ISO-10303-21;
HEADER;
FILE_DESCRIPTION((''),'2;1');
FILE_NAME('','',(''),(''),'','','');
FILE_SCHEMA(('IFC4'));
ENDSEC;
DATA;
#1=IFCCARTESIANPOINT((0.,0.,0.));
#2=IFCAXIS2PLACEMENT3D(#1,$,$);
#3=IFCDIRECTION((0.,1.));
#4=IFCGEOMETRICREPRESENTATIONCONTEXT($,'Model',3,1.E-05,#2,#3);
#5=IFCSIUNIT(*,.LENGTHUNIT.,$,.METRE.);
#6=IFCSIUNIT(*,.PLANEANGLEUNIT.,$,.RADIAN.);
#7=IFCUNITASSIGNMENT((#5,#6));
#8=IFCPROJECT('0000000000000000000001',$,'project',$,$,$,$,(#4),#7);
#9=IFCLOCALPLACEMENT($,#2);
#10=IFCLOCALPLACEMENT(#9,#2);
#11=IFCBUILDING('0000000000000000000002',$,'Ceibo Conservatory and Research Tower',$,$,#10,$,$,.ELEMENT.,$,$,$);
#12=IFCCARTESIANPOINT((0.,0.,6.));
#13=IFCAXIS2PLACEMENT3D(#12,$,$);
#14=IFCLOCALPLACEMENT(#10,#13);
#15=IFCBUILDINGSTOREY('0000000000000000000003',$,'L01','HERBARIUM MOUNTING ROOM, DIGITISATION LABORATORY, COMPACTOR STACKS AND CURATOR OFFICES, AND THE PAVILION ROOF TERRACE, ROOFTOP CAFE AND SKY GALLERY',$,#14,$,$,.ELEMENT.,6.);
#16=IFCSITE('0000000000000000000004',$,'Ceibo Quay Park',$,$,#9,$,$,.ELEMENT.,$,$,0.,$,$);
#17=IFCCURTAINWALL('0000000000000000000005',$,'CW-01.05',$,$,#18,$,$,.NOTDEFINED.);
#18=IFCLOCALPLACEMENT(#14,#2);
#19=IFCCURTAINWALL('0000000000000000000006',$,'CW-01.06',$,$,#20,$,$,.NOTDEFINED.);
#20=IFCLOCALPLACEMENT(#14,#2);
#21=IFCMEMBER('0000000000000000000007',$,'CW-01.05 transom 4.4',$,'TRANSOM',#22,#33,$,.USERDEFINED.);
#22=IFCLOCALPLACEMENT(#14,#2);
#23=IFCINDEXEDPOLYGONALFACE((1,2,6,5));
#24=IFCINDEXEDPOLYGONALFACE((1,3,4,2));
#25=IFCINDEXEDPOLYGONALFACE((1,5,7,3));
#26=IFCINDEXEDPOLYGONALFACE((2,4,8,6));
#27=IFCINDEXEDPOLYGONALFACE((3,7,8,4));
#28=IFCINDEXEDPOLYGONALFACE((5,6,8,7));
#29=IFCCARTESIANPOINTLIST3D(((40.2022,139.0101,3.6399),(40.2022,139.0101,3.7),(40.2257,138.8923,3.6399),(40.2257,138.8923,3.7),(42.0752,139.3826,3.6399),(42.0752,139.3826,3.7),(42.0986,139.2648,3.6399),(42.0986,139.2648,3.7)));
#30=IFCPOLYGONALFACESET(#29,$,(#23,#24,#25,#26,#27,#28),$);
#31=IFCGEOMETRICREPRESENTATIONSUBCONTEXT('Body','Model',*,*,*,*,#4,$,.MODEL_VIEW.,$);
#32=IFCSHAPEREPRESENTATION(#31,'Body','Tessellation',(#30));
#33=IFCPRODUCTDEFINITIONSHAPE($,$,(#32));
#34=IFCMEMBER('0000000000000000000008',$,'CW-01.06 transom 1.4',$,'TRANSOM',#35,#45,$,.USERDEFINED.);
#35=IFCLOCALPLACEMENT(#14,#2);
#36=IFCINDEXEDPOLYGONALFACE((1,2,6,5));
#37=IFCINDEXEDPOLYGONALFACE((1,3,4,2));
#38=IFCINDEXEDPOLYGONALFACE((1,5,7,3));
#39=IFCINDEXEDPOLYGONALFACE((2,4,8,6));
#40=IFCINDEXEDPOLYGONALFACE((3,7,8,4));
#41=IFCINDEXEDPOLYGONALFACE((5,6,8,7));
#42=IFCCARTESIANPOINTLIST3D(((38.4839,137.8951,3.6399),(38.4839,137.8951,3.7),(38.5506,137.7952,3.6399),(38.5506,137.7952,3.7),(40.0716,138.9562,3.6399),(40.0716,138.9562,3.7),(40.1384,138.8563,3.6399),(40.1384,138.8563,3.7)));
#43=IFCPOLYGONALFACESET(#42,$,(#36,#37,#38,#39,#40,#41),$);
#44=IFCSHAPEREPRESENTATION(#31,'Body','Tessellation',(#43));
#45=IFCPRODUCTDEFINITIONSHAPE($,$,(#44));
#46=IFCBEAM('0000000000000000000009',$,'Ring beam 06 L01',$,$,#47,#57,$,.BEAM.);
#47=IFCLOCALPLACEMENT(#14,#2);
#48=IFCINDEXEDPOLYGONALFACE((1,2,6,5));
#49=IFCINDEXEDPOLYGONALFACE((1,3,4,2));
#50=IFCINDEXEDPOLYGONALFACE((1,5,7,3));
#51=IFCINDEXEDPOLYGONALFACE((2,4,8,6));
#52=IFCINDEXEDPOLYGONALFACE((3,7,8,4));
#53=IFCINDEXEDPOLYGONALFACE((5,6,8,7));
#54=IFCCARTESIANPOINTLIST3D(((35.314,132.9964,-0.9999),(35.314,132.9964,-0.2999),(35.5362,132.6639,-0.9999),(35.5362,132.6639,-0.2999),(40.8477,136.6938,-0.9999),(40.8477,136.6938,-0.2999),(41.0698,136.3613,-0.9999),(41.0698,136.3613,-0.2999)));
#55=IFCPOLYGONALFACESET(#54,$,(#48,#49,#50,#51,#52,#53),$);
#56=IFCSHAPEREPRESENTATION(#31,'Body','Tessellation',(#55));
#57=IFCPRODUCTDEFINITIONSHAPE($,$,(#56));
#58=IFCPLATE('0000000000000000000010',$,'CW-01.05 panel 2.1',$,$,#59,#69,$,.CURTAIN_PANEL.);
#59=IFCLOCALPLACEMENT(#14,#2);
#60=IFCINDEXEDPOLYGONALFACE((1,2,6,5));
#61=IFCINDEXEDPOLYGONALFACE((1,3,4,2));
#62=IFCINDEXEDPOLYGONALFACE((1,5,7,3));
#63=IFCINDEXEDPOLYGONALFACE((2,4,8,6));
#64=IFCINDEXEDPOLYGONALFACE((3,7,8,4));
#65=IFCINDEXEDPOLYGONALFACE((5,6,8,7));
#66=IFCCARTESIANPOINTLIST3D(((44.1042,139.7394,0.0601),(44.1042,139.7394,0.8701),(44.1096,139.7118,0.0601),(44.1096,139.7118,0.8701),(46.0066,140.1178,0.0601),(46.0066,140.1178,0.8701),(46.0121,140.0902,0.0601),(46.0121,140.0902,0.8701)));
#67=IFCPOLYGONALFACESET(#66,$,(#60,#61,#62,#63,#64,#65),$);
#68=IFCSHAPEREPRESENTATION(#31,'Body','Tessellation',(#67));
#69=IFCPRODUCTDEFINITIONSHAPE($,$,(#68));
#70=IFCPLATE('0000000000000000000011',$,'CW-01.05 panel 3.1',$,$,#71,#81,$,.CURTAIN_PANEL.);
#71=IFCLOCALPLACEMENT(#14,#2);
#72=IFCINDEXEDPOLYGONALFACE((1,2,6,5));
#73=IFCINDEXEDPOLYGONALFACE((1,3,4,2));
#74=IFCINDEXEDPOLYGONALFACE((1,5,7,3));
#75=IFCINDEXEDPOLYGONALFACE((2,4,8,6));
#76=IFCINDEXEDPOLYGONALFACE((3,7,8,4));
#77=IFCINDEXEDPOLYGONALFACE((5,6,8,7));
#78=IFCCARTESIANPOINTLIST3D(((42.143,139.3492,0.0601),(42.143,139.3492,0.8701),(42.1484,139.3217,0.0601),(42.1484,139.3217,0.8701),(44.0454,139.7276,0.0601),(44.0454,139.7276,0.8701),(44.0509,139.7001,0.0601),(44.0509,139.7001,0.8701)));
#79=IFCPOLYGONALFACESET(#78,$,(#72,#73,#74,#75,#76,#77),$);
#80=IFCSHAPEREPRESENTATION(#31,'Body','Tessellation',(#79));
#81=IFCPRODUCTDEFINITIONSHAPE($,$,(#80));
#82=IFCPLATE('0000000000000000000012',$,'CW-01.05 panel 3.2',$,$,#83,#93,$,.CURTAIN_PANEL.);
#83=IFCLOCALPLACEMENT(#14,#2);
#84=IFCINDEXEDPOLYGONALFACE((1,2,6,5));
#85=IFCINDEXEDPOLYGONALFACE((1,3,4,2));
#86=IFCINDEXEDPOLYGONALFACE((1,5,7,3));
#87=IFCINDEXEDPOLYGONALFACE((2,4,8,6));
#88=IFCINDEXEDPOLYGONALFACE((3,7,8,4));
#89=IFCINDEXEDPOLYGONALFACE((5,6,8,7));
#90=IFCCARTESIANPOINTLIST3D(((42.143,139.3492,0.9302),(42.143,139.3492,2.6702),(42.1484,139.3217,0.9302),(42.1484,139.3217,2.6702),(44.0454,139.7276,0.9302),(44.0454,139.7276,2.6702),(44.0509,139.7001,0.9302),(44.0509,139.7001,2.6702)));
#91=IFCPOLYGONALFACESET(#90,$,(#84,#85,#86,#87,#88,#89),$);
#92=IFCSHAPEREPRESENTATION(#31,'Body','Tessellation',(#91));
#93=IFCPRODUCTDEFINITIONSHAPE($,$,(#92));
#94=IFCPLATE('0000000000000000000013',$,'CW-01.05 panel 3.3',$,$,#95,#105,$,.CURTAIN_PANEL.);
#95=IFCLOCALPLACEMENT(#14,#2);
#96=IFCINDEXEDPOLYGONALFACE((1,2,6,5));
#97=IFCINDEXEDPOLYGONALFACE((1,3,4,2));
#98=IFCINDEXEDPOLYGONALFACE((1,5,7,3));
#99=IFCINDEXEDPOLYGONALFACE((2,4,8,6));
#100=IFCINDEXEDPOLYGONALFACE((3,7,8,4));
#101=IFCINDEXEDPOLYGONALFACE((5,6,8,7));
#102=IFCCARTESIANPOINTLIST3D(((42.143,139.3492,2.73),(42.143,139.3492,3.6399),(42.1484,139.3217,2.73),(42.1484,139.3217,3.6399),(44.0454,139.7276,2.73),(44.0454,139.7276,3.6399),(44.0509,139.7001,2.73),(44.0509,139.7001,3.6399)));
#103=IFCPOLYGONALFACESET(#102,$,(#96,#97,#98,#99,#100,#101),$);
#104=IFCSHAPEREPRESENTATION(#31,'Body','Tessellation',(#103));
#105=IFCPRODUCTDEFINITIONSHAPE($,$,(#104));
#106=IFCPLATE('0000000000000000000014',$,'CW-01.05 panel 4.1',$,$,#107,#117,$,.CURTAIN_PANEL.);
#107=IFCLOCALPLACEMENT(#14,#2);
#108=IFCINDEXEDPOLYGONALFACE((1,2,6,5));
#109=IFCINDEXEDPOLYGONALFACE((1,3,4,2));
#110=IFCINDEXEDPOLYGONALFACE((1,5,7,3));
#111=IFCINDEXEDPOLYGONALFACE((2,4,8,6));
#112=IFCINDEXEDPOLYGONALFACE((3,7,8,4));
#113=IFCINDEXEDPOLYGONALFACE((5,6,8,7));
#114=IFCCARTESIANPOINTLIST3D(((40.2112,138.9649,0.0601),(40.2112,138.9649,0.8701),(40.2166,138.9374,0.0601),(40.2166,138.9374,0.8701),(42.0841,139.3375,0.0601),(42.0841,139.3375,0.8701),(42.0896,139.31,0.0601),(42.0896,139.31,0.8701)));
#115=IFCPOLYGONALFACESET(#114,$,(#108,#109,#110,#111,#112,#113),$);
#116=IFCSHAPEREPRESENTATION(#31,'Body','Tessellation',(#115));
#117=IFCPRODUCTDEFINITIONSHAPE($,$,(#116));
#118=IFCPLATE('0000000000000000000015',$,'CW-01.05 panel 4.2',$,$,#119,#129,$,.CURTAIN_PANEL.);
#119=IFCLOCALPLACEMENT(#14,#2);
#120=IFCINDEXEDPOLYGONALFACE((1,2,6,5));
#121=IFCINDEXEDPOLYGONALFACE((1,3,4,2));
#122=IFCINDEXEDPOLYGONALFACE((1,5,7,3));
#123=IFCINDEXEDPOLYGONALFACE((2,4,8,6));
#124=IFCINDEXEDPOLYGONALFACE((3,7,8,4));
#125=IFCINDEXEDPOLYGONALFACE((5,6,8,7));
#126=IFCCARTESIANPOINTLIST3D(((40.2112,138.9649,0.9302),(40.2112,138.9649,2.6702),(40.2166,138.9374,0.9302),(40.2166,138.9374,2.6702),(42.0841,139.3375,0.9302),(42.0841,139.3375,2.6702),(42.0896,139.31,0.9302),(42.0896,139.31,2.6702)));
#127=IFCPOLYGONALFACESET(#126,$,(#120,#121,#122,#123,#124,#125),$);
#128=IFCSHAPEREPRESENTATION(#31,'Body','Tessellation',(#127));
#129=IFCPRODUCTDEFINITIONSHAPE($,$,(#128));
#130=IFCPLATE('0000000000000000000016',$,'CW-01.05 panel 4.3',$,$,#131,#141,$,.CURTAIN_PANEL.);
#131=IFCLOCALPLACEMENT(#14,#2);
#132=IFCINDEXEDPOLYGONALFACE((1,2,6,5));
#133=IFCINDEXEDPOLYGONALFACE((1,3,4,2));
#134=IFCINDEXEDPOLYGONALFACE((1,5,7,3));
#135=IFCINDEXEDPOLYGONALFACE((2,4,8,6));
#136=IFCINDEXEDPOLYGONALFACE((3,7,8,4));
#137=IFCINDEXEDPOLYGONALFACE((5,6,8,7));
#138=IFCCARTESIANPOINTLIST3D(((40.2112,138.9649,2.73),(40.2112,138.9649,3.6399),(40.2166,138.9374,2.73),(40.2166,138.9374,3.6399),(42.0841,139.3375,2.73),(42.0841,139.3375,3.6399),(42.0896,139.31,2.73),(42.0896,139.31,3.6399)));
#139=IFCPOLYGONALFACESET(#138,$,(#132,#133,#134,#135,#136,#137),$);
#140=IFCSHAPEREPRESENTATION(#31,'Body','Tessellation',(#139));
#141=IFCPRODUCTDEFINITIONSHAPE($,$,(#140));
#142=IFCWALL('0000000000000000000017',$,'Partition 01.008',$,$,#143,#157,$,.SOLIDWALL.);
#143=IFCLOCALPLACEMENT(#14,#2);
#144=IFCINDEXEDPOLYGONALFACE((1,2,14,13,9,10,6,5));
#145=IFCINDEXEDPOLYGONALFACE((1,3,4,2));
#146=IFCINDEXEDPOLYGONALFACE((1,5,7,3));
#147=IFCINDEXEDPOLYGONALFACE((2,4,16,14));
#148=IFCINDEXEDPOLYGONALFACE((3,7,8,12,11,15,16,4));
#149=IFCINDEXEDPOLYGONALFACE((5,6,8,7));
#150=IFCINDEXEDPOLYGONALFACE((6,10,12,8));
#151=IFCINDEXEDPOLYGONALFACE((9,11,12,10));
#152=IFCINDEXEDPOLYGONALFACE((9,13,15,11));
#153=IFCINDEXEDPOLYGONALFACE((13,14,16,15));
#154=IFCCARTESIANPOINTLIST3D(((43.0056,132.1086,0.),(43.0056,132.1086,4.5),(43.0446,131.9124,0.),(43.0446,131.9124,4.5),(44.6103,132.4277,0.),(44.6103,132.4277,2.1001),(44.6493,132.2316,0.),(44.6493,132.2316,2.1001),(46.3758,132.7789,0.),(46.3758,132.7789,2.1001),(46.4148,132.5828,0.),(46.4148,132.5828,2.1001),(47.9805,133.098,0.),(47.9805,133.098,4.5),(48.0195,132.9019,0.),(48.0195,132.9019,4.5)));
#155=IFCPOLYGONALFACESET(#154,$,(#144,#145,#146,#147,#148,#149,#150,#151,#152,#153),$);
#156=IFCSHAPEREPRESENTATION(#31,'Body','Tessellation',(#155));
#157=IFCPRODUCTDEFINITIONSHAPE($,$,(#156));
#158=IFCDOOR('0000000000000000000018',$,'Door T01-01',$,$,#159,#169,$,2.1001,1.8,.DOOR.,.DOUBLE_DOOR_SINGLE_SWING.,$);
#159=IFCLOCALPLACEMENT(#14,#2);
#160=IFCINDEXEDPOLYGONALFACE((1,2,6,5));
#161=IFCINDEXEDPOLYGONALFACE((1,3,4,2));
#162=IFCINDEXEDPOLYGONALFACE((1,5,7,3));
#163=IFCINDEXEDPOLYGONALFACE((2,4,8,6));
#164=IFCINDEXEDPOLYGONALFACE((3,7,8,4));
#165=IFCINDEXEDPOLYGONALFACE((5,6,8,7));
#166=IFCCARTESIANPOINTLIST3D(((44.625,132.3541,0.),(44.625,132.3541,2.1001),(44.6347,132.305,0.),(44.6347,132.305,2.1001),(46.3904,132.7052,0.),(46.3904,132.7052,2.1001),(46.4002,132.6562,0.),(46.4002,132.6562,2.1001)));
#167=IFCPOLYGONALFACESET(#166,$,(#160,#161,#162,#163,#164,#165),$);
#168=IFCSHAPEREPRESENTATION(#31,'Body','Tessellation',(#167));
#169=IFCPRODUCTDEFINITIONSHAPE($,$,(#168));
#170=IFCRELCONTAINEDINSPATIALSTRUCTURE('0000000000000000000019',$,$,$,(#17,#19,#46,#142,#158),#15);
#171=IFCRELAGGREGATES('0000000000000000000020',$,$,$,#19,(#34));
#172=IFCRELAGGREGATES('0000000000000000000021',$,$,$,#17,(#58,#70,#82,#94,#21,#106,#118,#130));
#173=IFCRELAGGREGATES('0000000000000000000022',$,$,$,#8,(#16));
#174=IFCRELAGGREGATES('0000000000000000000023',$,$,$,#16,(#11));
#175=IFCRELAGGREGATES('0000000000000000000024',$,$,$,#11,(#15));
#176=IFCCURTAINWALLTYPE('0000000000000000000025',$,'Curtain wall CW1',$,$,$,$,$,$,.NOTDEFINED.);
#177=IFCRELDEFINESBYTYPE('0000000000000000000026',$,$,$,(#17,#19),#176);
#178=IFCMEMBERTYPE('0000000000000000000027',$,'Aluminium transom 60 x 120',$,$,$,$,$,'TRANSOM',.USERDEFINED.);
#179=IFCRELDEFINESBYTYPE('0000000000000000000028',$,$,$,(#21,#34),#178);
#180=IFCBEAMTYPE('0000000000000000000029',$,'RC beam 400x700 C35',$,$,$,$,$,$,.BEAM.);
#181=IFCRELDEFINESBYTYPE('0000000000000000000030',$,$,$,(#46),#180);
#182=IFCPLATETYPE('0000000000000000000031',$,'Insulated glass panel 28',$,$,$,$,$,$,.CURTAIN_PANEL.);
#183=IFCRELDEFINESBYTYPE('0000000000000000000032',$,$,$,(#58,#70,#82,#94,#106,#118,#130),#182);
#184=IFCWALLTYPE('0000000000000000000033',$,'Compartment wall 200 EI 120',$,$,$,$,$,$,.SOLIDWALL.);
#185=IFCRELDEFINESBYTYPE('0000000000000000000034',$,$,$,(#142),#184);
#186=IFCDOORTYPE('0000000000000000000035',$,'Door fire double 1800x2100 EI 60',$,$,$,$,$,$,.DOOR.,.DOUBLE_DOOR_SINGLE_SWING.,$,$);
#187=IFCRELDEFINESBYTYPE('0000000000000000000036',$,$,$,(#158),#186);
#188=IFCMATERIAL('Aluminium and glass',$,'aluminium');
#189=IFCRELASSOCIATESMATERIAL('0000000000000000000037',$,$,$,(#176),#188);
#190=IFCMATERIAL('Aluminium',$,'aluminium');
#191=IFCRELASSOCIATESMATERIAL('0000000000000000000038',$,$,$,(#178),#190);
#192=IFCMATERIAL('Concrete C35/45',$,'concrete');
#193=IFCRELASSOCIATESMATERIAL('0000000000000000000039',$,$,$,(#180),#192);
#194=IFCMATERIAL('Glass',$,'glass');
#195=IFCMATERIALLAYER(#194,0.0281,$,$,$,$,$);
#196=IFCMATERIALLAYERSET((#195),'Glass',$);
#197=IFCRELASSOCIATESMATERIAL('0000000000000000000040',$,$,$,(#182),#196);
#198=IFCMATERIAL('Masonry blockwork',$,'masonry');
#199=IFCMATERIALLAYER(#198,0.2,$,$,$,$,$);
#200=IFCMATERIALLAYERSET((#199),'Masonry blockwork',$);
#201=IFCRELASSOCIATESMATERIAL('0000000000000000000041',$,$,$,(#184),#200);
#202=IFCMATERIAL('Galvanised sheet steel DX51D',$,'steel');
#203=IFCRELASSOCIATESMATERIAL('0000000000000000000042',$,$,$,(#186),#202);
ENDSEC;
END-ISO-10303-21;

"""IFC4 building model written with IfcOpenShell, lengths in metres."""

from ifc_helpers import new_model, si_unit, direction, frame, frame_2d, origin, origin_2d, place, context, subcontext, project, spatial, rectangle, extrude, material, layer, layer_set, material_profile, profile_set, type_object, element, fill, aggregate, save


model = new_model("IFC4")

# Units and contexts
model_context = context("Model", 3, precision=1e-05, world=origin(), true_north=direction((0.0, 1.0)))
body_context = subcontext(model_context, "Body", "Model", "MODEL_VIEW")
ifc_project = project(units=[si_unit("LENGTHUNIT", "METRE"), si_unit("PLANEANGLEUNIT", "RADIAN")], contexts=[model_context])

# Site, building, storey
site_placement = place(None, origin())
site = spatial("IfcSite", under=ifc_project, at=site_placement, Name="Ceibo Quay Park", CompositionType="ELEMENT", RefElevation=0.0)
building_placement = place(site_placement, origin())
building = spatial("IfcBuilding", under=site, at=building_placement, Name="Ceibo Conservatory and Research Tower", CompositionType="ELEMENT")
storey_placement = place(building_placement, frame((0.0, 0.0, 6.0)))
storey = spatial("IfcBuildingStorey", under=building, at=storey_placement, Name="L01", Description="HERBARIUM MOUNTING ROOM, DIGITISATION LABORATORY, COMPACTOR STACKS AND CURATOR OFFICES, AND THE PAVILION ROOF TERRACE, ROOFTOP CAFE AND SKY GALLERY", CompositionType="ELEMENT", Elevation=6.0)

# Curtain wall
ifc_material_1 = material(Name="Aluminium and glass", Category="aluminium")
curtain_wall_type = type_object("IfcCurtainWallType", Name="Curtain wall CW1", PredefinedType="NOTDEFINED", material=ifc_material_1)
curtain_wall_1_placement = place(storey_placement, origin())
curtain_wall_1 = element("IfcCurtainWall", 1, at=curtain_wall_1_placement, inside=storey, type_object=curtain_wall_type, Name="CW-01.05", PredefinedType="NOTDEFINED")
ifc_material_2 = material(Name="Aluminium", Category="aluminium")

# Curtain wall
curtain_wall_2_placement = place(storey_placement, origin())
curtain_wall_2 = element("IfcCurtainWall", 2, at=curtain_wall_2_placement, inside=storey, type_object=curtain_wall_type, Name="CW-01.06", PredefinedType="NOTDEFINED")

# Members
ifc_material_profile_1 = material_profile(ifc_material_2, rectangle(XDim=0.1201, YDim=0.0601, at=origin_2d()), Name="Aluminium 60 x 120")
ifc_profile_set_1 = profile_set([ifc_material_profile_1], Name="Aluminium")
member_type_1 = type_object("IfcMemberType", Name="Aluminium transom 60 x 120", ElementType="TRANSOM", PredefinedType="USERDEFINED", material=ifc_profile_set_1)
member_1_placement = place(storey_placement, frame((42.0869, 139.3237, 3.6699), z_axis=(-0.980787, -0.195083, 0.0), x_axis=(0.195083, -0.980787, 0.0)))
member_1 = element("IfcMember", 3, at=member_1_placement, type_object=member_type_1, Name="CW-01.05 transom 4.4", ObjectType="TRANSOM", PredefinedType="USERDEFINED", context=body_context, shape_type="SweptSolid", body=[
    extrude(rectangle(XDim=0.1201, YDim=0.0601, at=origin_2d()), origin(), (0.0, 0.0, 1.0), 1.9097),
])
member_2_placement = place(storey_placement, frame((40.105, 138.9062, 3.6699), z_axis=(-0.83142, -0.555644, 0.0), x_axis=(0.555644, -0.83142, 0.0)))
member_2 = element("IfcMember", 4, at=member_2_placement, type_object=member_type_1, Name="CW-01.06 transom 1.4", ObjectType="TRANSOM", PredefinedType="USERDEFINED", context=body_context, shape_type="SweptSolid", body=[
    extrude(rectangle(XDim=0.1201, YDim=0.0601, at=origin_2d()), origin(), (0.0, 0.0, 1.0), 1.9097),
])
aggregate(curtain_wall_2, [member_2])

# Beam
ifc_material_3 = material(Name="Concrete C35/45", Category="concrete")
ifc_material_profile_2 = material_profile(ifc_material_3, rectangle(XDim=0.3999, YDim=0.7, at=origin_2d()), Name="RC 400x700")
ifc_profile_set_2 = profile_set([ifc_material_profile_2], Name="Concrete C35/45")
beam_type = type_object("IfcBeamType", Name="RC beam 400x700 C35", PredefinedType="BEAM", material=ifc_profile_set_2)
beam_placement = place(storey_placement, frame((40.9587, 136.5276, -0.6499), z_axis=(-0.831469, -0.555572, 0.0), x_axis=(0.555572, -0.831469, 0.0)))
element("IfcBeam", 5, at=beam_placement, inside=storey, type_object=beam_type, Name="Ring beam 06 L01", PredefinedType="BEAM", context=body_context, shape_type="SweptSolid", body=[
    extrude(rectangle(XDim=0.3999, YDim=0.7, at=origin_2d()), origin(), (0.0, 0.0, 1.0), 6.6553),
])

# Plates
ifc_material_4 = material(Name="Glass", Category="glass")
ifc_layer_1 = layer(ifc_material_4, 0.0281)
ifc_layer_set_1 = layer_set([ifc_layer_1], Name="Glass")
plate_type = type_object("IfcPlateType", Name="Insulated glass panel 28", PredefinedType="CURTAIN_PANEL", material=ifc_layer_set_1)
plate_1_placement = place(storey_placement, frame((45.0581, 139.9148, 0.0601), z_axis=(0.0, 0.0, 1.0), x_axis=(-0.980785, -0.19509, 0.0)))
plate_1 = element("IfcPlate", 6, at=plate_1_placement, type_object=plate_type, Name="CW-01.05 panel 2.1", PredefinedType="CURTAIN_PANEL", context=body_context, shape_type="SweptSolid", body=[
    extrude(rectangle(XDim=1.9397, YDim=0.0281, at=origin_2d()), origin(), (0.0, 0.0, 1.0), 0.8101),
])
plate_2_placement = place(storey_placement, frame((43.0969, 139.5247, 0.0601), z_axis=(0.0, 0.0, 1.0), x_axis=(-0.980785, -0.19509, 0.0)))
plate_2 = element("IfcPlate", 7, at=plate_2_placement, type_object=plate_type, Name="CW-01.05 panel 3.1", PredefinedType="CURTAIN_PANEL", context=body_context, shape_type="SweptSolid", body=[
    extrude(rectangle(XDim=1.9397, YDim=0.0281, at=origin_2d()), origin(), (0.0, 0.0, 1.0), 0.8101),
])
plate_3_placement = place(storey_placement, frame((43.0969, 139.5247, 0.9302), z_axis=(0.0, 0.0, 1.0), x_axis=(-0.980785, -0.19509, 0.0)))
plate_3 = element("IfcPlate", 8, at=plate_3_placement, type_object=plate_type, Name="CW-01.05 panel 3.2", PredefinedType="CURTAIN_PANEL", context=body_context, shape_type="SweptSolid", body=[
    extrude(rectangle(XDim=1.9397, YDim=0.0281, at=origin_2d()), origin(), (0.0, 0.0, 1.0), 1.74),
])
plate_4_placement = place(storey_placement, frame((43.0969, 139.5247, 2.73), z_axis=(0.0, 0.0, 1.0), x_axis=(-0.980785, -0.19509, 0.0)))
plate_4 = element("IfcPlate", 9, at=plate_4_placement, type_object=plate_type, Name="CW-01.05 panel 3.3", PredefinedType="CURTAIN_PANEL", context=body_context, shape_type="SweptSolid", body=[
    extrude(rectangle(XDim=1.9397, YDim=0.0281, at=origin_2d()), origin(), (0.0, 0.0, 1.0), 0.9099),
])
plate_5_placement = place(storey_placement, frame((41.1504, 139.1375, 0.0601), z_axis=(0.0, 0.0, 1.0), x_axis=(-0.980785, -0.19509, 0.0)))
plate_5 = element("IfcPlate", 10, at=plate_5_placement, type_object=plate_type, Name="CW-01.05 panel 4.1", PredefinedType="CURTAIN_PANEL", context=body_context, shape_type="SweptSolid", body=[
    extrude(rectangle(XDim=1.9097, YDim=0.0281, at=origin_2d()), origin(), (0.0, 0.0, 1.0), 0.8101),
])
plate_6_placement = place(storey_placement, frame((41.1504, 139.1375, 0.9302), z_axis=(0.0, 0.0, 1.0), x_axis=(-0.980785, -0.19509, 0.0)))
plate_6 = element("IfcPlate", 11, at=plate_6_placement, type_object=plate_type, Name="CW-01.05 panel 4.2", PredefinedType="CURTAIN_PANEL", context=body_context, shape_type="SweptSolid", body=[
    extrude(rectangle(XDim=1.9097, YDim=0.0281, at=origin_2d()), origin(), (0.0, 0.0, 1.0), 1.74),
])
plate_7_placement = place(storey_placement, frame((41.1504, 139.1375, 2.73), z_axis=(0.0, 0.0, 1.0), x_axis=(-0.980785, -0.19509, 0.0)))
plate_7 = element("IfcPlate", 12, at=plate_7_placement, type_object=plate_type, Name="CW-01.05 panel 4.3", PredefinedType="CURTAIN_PANEL", context=body_context, shape_type="SweptSolid", body=[
    extrude(rectangle(XDim=1.9097, YDim=0.0281, at=origin_2d()), origin(), (0.0, 0.0, 1.0), 0.9099),
])
aggregate(curtain_wall_1, [plate_1, plate_2, plate_3, plate_4, member_1, plate_5, plate_6, plate_7])

# Wall, opening, door
ifc_material_5 = material(Name="Masonry blockwork", Category="masonry")
ifc_layer_2 = layer(ifc_material_5, 0.2)
ifc_layer_set_2 = layer_set([ifc_layer_2], Name="Masonry blockwork")
wall_type = type_object("IfcWallType", Name="Compartment wall 200 EI 120", PredefinedType="SOLIDWALL", material=ifc_layer_set_2)
wall_placement = place(storey_placement, frame((43.0251, 132.0105, 0.0), z_axis=(0.0, 0.0, 1.0), x_axis=(0.980787, 0.195079, 0.0)))
wall = element("IfcWall", 13, at=wall_placement, inside=storey, type_object=wall_type, Name="Partition 01.008", PredefinedType="SOLIDWALL", context=body_context, shape_type="SweptSolid", body=[
    extrude(rectangle(XDim=5.0723, YDim=0.2, at=frame_2d((2.5361, 0.0))), origin(), (0.0, 0.0, 1.0), 4.5),
])
opening_placement = place(wall_placement, frame((1.6362, 0.0, 0.0)))
opening = element("IfcOpeningElement", 14, at=opening_placement, cuts=wall, PredefinedType="OPENING", context=body_context, shape_type="SweptSolid", body=[
    extrude(rectangle(XDim=1.8, YDim=2.1001, at=frame_2d((0.8999, 1.05))), frame((0.0, 0.1099, 0.0), z_axis=(0.0, -1.0, 0.0), x_axis=(1.0, 0.0, 0.0)), (0.0, 0.0, 1.0), 0.22),
])
ifc_material_6 = material(Name="Galvanised sheet steel DX51D", Category="steel")
door_type = type_object("IfcDoorType", Name="Door fire double 1800x2100 EI 60", OperationType="DOUBLE_DOOR_SINGLE_SWING", PredefinedType="DOOR", material=ifc_material_6)
door_placement = place(opening_placement, origin())
door = element("IfcDoor", 15, at=door_placement, inside=storey, type_object=door_type, Name="Door T01-01", OperationType="DOUBLE_DOOR_SINGLE_SWING", OverallHeight=2.1001, OverallWidth=1.8, PredefinedType="DOOR", context=body_context, shape_type="SweptSolid", body=[
    extrude(rectangle(XDim=1.8, YDim=2.1001, at=frame_2d((0.8999, 1.05))), frame((0.0, 0.0249, 0.0), z_axis=(0.0, -1.0, 0.0), x_axis=(1.0, 0.0, 0.0)), (0.0, 0.0, 1.0), 0.05),
])
fill(opening, door)

save(model, "model.ifc")
